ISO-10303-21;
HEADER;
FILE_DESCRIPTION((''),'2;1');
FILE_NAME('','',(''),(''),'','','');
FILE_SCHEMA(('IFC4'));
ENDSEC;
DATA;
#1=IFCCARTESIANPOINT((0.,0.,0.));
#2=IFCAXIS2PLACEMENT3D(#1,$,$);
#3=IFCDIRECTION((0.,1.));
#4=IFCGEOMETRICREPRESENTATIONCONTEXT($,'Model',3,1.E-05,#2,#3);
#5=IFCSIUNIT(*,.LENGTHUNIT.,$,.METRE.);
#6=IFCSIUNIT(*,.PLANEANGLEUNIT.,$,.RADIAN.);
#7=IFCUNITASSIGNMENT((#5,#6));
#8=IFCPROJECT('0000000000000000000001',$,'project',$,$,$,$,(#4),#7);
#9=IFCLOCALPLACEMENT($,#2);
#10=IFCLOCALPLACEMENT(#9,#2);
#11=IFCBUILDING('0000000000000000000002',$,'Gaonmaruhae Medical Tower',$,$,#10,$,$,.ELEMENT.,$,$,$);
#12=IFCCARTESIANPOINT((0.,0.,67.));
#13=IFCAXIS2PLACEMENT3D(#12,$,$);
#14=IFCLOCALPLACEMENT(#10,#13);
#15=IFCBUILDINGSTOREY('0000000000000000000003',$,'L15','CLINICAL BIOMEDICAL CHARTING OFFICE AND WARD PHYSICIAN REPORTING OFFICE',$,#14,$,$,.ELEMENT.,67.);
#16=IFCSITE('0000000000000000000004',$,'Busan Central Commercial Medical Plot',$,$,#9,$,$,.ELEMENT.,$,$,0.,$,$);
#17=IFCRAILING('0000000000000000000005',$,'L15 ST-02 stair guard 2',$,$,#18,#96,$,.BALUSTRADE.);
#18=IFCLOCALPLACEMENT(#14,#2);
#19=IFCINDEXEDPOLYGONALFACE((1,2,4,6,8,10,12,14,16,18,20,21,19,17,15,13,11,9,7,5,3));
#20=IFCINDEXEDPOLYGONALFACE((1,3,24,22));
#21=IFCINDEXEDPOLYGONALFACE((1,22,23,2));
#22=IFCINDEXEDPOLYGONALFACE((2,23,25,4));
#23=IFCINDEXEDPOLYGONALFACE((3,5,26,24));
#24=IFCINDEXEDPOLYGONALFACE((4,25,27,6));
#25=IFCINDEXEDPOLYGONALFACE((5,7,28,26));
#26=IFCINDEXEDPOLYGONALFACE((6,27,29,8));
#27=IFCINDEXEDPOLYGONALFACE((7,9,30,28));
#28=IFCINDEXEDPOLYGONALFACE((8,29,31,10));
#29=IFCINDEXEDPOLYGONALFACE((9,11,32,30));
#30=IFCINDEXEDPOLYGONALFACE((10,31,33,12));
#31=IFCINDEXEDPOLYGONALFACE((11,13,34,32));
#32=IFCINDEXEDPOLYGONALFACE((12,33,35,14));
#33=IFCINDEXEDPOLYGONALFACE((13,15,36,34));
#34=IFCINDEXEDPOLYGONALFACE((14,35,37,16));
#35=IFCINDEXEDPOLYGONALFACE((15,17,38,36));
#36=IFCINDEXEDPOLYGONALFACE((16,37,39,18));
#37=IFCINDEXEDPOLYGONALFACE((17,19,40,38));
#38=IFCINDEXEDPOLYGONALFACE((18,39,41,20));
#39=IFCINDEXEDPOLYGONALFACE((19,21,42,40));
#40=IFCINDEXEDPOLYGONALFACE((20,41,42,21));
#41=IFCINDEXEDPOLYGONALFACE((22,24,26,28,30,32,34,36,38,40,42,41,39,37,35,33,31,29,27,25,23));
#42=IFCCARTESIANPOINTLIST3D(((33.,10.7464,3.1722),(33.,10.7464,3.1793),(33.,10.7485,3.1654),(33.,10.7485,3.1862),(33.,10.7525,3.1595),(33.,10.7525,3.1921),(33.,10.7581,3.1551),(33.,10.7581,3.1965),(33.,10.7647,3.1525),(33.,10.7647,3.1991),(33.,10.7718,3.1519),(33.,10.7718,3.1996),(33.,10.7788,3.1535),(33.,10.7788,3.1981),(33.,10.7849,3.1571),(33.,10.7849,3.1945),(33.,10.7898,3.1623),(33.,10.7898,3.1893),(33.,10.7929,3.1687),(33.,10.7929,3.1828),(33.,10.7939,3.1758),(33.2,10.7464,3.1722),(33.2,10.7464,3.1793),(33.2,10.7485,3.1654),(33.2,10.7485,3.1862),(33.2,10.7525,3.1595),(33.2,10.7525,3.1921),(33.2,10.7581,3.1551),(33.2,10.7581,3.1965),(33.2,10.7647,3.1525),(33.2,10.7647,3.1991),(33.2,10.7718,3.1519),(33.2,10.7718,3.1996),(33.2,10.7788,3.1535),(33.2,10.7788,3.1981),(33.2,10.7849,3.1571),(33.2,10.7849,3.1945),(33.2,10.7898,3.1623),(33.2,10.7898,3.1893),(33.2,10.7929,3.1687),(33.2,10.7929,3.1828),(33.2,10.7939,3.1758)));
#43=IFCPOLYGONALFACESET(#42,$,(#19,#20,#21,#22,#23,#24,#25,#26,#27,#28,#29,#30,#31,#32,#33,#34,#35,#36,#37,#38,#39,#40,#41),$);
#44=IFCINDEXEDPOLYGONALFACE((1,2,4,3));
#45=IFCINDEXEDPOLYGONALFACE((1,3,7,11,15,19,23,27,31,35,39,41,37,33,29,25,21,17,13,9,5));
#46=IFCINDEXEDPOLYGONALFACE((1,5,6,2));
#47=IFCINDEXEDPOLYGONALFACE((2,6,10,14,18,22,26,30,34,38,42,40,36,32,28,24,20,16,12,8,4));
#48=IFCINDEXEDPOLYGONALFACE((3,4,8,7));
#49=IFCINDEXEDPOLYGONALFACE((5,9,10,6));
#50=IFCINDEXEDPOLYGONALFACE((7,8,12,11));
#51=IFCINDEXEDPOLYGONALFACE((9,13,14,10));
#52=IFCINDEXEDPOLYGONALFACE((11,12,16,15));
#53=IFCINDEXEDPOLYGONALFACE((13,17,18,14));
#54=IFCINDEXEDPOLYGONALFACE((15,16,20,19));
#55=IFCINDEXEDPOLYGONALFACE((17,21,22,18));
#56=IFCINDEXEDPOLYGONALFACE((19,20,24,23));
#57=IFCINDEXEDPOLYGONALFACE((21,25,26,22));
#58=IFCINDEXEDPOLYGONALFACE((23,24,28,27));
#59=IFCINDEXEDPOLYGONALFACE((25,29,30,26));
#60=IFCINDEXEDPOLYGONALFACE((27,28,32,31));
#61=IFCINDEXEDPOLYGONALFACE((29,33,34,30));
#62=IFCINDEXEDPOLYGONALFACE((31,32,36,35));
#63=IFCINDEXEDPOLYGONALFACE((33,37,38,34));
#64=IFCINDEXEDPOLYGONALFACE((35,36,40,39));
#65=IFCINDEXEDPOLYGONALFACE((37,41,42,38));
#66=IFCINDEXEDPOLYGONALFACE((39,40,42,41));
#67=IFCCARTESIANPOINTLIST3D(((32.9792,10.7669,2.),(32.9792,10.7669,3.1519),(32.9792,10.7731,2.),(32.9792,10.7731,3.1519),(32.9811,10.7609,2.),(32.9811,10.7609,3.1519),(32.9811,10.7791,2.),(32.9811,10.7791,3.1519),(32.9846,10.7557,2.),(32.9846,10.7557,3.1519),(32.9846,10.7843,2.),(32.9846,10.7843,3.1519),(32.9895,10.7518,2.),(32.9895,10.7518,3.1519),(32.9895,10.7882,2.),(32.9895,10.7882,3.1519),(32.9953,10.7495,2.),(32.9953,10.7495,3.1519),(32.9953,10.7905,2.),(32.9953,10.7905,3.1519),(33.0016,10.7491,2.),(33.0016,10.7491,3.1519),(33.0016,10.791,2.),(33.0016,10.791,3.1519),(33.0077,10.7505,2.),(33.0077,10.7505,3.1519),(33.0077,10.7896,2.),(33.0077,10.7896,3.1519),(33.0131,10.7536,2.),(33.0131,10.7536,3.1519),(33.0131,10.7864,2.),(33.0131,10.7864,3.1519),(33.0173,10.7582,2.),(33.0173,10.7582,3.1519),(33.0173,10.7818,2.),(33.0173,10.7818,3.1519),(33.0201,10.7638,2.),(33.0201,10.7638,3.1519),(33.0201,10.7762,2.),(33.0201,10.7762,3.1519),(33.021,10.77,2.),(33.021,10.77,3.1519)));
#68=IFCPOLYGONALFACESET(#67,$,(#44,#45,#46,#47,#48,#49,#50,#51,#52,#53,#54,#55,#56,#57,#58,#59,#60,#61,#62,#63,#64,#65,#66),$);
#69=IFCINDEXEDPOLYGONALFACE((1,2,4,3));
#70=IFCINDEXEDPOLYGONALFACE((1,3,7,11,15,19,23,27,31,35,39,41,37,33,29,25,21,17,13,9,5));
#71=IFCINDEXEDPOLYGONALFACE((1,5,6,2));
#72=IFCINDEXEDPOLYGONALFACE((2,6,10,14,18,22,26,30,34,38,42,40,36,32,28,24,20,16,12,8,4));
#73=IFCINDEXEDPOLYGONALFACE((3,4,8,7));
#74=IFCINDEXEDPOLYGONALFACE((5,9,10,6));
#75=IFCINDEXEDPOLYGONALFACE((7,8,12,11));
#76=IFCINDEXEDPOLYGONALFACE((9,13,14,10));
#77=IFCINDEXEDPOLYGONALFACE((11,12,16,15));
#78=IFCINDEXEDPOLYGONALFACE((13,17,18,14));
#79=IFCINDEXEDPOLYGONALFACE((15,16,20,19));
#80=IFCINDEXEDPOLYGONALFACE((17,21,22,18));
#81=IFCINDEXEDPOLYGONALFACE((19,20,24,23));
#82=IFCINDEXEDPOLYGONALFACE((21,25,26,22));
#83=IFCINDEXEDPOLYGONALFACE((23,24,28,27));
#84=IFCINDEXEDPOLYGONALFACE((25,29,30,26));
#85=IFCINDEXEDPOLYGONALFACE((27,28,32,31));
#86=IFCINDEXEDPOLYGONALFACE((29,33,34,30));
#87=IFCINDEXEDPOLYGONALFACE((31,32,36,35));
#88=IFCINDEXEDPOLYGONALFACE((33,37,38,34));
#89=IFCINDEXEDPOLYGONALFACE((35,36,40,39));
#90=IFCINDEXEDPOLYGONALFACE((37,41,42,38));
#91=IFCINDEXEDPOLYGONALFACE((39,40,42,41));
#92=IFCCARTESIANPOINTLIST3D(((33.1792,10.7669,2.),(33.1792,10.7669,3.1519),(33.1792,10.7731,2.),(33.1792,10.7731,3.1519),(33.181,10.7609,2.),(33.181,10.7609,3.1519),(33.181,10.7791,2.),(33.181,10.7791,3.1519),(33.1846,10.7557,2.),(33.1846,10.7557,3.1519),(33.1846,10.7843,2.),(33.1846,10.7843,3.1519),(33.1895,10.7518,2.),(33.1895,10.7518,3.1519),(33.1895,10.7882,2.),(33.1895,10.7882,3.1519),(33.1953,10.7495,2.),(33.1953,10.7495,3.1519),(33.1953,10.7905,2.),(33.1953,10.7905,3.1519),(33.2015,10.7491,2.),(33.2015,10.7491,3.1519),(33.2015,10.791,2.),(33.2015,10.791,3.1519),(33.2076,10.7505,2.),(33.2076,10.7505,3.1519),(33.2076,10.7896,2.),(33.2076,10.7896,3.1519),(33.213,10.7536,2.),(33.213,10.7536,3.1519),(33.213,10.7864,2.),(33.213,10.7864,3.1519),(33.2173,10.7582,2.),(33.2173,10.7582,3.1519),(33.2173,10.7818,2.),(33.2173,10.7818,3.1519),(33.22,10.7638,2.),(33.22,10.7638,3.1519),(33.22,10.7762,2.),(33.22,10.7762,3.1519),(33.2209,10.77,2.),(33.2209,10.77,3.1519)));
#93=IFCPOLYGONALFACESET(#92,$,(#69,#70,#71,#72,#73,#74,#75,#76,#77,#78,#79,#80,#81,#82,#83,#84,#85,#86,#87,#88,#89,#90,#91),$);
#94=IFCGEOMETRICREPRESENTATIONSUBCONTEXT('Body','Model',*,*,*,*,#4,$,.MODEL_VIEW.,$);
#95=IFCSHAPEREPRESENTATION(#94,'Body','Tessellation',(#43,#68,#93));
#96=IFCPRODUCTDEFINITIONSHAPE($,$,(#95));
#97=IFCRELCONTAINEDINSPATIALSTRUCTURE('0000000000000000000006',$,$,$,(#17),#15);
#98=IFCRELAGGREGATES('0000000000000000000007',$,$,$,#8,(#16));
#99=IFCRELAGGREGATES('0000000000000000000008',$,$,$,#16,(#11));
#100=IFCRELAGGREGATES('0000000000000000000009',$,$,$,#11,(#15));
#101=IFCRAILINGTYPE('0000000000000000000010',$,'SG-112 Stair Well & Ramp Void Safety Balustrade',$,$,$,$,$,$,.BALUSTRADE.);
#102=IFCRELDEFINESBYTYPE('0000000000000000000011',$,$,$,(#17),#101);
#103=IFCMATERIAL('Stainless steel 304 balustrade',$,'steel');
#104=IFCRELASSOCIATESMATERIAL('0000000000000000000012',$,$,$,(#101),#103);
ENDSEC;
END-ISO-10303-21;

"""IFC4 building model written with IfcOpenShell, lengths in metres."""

from ifc_helpers import new_model, si_unit, direction, frame, origin, origin_2d, place, context, subcontext, project, spatial, circle, extrude, material, type_object, element, save


model = new_model("IFC4")

# Units and contexts
model_context = context("Model", 3, precision=1e-05, world=origin(), true_north=direction((0.0, 1.0)))
body_context = subcontext(model_context, "Body", "Model", "MODEL_VIEW")
ifc_project = project(units=[si_unit("LENGTHUNIT", "METRE"), si_unit("PLANEANGLEUNIT", "RADIAN")], contexts=[model_context])

# Site, building, storey
site_placement = place(None, origin())
site = spatial("IfcSite", under=ifc_project, at=site_placement, Name="Busan Central Commercial Medical Plot", CompositionType="ELEMENT", RefElevation=0.0)
building_placement = place(site_placement, origin())
building = spatial("IfcBuilding", under=site, at=building_placement, Name="Gaonmaruhae Medical Tower", CompositionType="ELEMENT")
storey_placement = place(building_placement, frame((0.0, 0.0, 67.0)))
storey = spatial("IfcBuildingStorey", under=building, at=storey_placement, Name="L15", Description="CLINICAL BIOMEDICAL CHARTING OFFICE AND WARD PHYSICIAN REPORTING OFFICE", CompositionType="ELEMENT", Elevation=67.0)

# Railing
ifc_material_1 = material(Name="Stainless steel 304 balustrade", Category="steel")
railing_type_1 = type_object("IfcRailingType", Name="SG-112 Stair Well & Ramp Void Safety Balustrade", PredefinedType="BALUSTRADE", material=ifc_material_1)
railing_1_placement = place(storey_placement, frame((33.0, 10.77, 2.0)))
element("IfcRailing", 1, at=railing_1_placement, inside=storey, type_object=railing_type_1, Name="L15 ST-02 stair guard 2", PredefinedType="BALUSTRADE", context=body_context, shape_type="SweptSolid", body=[
    extrude(circle(Radius=0.0239, at=origin_2d()), frame((0.0, 0.0, 1.1758), z_axis=(1.0, 0.0, 0.0), x_axis=(0.0, 1.0, 0.0)), (0.0, 0.0, 1.0), 0.2),
    extrude(circle(Radius=0.021, at=origin_2d()), origin(), (0.0, 0.0, 1.0), 1.1519),
    extrude(circle(Radius=0.021, at=origin_2d()), frame((0.2, 0.0, 0.0)), (0.0, 0.0, 1.0), 1.1519),
])

save(model, "model.ifc")
